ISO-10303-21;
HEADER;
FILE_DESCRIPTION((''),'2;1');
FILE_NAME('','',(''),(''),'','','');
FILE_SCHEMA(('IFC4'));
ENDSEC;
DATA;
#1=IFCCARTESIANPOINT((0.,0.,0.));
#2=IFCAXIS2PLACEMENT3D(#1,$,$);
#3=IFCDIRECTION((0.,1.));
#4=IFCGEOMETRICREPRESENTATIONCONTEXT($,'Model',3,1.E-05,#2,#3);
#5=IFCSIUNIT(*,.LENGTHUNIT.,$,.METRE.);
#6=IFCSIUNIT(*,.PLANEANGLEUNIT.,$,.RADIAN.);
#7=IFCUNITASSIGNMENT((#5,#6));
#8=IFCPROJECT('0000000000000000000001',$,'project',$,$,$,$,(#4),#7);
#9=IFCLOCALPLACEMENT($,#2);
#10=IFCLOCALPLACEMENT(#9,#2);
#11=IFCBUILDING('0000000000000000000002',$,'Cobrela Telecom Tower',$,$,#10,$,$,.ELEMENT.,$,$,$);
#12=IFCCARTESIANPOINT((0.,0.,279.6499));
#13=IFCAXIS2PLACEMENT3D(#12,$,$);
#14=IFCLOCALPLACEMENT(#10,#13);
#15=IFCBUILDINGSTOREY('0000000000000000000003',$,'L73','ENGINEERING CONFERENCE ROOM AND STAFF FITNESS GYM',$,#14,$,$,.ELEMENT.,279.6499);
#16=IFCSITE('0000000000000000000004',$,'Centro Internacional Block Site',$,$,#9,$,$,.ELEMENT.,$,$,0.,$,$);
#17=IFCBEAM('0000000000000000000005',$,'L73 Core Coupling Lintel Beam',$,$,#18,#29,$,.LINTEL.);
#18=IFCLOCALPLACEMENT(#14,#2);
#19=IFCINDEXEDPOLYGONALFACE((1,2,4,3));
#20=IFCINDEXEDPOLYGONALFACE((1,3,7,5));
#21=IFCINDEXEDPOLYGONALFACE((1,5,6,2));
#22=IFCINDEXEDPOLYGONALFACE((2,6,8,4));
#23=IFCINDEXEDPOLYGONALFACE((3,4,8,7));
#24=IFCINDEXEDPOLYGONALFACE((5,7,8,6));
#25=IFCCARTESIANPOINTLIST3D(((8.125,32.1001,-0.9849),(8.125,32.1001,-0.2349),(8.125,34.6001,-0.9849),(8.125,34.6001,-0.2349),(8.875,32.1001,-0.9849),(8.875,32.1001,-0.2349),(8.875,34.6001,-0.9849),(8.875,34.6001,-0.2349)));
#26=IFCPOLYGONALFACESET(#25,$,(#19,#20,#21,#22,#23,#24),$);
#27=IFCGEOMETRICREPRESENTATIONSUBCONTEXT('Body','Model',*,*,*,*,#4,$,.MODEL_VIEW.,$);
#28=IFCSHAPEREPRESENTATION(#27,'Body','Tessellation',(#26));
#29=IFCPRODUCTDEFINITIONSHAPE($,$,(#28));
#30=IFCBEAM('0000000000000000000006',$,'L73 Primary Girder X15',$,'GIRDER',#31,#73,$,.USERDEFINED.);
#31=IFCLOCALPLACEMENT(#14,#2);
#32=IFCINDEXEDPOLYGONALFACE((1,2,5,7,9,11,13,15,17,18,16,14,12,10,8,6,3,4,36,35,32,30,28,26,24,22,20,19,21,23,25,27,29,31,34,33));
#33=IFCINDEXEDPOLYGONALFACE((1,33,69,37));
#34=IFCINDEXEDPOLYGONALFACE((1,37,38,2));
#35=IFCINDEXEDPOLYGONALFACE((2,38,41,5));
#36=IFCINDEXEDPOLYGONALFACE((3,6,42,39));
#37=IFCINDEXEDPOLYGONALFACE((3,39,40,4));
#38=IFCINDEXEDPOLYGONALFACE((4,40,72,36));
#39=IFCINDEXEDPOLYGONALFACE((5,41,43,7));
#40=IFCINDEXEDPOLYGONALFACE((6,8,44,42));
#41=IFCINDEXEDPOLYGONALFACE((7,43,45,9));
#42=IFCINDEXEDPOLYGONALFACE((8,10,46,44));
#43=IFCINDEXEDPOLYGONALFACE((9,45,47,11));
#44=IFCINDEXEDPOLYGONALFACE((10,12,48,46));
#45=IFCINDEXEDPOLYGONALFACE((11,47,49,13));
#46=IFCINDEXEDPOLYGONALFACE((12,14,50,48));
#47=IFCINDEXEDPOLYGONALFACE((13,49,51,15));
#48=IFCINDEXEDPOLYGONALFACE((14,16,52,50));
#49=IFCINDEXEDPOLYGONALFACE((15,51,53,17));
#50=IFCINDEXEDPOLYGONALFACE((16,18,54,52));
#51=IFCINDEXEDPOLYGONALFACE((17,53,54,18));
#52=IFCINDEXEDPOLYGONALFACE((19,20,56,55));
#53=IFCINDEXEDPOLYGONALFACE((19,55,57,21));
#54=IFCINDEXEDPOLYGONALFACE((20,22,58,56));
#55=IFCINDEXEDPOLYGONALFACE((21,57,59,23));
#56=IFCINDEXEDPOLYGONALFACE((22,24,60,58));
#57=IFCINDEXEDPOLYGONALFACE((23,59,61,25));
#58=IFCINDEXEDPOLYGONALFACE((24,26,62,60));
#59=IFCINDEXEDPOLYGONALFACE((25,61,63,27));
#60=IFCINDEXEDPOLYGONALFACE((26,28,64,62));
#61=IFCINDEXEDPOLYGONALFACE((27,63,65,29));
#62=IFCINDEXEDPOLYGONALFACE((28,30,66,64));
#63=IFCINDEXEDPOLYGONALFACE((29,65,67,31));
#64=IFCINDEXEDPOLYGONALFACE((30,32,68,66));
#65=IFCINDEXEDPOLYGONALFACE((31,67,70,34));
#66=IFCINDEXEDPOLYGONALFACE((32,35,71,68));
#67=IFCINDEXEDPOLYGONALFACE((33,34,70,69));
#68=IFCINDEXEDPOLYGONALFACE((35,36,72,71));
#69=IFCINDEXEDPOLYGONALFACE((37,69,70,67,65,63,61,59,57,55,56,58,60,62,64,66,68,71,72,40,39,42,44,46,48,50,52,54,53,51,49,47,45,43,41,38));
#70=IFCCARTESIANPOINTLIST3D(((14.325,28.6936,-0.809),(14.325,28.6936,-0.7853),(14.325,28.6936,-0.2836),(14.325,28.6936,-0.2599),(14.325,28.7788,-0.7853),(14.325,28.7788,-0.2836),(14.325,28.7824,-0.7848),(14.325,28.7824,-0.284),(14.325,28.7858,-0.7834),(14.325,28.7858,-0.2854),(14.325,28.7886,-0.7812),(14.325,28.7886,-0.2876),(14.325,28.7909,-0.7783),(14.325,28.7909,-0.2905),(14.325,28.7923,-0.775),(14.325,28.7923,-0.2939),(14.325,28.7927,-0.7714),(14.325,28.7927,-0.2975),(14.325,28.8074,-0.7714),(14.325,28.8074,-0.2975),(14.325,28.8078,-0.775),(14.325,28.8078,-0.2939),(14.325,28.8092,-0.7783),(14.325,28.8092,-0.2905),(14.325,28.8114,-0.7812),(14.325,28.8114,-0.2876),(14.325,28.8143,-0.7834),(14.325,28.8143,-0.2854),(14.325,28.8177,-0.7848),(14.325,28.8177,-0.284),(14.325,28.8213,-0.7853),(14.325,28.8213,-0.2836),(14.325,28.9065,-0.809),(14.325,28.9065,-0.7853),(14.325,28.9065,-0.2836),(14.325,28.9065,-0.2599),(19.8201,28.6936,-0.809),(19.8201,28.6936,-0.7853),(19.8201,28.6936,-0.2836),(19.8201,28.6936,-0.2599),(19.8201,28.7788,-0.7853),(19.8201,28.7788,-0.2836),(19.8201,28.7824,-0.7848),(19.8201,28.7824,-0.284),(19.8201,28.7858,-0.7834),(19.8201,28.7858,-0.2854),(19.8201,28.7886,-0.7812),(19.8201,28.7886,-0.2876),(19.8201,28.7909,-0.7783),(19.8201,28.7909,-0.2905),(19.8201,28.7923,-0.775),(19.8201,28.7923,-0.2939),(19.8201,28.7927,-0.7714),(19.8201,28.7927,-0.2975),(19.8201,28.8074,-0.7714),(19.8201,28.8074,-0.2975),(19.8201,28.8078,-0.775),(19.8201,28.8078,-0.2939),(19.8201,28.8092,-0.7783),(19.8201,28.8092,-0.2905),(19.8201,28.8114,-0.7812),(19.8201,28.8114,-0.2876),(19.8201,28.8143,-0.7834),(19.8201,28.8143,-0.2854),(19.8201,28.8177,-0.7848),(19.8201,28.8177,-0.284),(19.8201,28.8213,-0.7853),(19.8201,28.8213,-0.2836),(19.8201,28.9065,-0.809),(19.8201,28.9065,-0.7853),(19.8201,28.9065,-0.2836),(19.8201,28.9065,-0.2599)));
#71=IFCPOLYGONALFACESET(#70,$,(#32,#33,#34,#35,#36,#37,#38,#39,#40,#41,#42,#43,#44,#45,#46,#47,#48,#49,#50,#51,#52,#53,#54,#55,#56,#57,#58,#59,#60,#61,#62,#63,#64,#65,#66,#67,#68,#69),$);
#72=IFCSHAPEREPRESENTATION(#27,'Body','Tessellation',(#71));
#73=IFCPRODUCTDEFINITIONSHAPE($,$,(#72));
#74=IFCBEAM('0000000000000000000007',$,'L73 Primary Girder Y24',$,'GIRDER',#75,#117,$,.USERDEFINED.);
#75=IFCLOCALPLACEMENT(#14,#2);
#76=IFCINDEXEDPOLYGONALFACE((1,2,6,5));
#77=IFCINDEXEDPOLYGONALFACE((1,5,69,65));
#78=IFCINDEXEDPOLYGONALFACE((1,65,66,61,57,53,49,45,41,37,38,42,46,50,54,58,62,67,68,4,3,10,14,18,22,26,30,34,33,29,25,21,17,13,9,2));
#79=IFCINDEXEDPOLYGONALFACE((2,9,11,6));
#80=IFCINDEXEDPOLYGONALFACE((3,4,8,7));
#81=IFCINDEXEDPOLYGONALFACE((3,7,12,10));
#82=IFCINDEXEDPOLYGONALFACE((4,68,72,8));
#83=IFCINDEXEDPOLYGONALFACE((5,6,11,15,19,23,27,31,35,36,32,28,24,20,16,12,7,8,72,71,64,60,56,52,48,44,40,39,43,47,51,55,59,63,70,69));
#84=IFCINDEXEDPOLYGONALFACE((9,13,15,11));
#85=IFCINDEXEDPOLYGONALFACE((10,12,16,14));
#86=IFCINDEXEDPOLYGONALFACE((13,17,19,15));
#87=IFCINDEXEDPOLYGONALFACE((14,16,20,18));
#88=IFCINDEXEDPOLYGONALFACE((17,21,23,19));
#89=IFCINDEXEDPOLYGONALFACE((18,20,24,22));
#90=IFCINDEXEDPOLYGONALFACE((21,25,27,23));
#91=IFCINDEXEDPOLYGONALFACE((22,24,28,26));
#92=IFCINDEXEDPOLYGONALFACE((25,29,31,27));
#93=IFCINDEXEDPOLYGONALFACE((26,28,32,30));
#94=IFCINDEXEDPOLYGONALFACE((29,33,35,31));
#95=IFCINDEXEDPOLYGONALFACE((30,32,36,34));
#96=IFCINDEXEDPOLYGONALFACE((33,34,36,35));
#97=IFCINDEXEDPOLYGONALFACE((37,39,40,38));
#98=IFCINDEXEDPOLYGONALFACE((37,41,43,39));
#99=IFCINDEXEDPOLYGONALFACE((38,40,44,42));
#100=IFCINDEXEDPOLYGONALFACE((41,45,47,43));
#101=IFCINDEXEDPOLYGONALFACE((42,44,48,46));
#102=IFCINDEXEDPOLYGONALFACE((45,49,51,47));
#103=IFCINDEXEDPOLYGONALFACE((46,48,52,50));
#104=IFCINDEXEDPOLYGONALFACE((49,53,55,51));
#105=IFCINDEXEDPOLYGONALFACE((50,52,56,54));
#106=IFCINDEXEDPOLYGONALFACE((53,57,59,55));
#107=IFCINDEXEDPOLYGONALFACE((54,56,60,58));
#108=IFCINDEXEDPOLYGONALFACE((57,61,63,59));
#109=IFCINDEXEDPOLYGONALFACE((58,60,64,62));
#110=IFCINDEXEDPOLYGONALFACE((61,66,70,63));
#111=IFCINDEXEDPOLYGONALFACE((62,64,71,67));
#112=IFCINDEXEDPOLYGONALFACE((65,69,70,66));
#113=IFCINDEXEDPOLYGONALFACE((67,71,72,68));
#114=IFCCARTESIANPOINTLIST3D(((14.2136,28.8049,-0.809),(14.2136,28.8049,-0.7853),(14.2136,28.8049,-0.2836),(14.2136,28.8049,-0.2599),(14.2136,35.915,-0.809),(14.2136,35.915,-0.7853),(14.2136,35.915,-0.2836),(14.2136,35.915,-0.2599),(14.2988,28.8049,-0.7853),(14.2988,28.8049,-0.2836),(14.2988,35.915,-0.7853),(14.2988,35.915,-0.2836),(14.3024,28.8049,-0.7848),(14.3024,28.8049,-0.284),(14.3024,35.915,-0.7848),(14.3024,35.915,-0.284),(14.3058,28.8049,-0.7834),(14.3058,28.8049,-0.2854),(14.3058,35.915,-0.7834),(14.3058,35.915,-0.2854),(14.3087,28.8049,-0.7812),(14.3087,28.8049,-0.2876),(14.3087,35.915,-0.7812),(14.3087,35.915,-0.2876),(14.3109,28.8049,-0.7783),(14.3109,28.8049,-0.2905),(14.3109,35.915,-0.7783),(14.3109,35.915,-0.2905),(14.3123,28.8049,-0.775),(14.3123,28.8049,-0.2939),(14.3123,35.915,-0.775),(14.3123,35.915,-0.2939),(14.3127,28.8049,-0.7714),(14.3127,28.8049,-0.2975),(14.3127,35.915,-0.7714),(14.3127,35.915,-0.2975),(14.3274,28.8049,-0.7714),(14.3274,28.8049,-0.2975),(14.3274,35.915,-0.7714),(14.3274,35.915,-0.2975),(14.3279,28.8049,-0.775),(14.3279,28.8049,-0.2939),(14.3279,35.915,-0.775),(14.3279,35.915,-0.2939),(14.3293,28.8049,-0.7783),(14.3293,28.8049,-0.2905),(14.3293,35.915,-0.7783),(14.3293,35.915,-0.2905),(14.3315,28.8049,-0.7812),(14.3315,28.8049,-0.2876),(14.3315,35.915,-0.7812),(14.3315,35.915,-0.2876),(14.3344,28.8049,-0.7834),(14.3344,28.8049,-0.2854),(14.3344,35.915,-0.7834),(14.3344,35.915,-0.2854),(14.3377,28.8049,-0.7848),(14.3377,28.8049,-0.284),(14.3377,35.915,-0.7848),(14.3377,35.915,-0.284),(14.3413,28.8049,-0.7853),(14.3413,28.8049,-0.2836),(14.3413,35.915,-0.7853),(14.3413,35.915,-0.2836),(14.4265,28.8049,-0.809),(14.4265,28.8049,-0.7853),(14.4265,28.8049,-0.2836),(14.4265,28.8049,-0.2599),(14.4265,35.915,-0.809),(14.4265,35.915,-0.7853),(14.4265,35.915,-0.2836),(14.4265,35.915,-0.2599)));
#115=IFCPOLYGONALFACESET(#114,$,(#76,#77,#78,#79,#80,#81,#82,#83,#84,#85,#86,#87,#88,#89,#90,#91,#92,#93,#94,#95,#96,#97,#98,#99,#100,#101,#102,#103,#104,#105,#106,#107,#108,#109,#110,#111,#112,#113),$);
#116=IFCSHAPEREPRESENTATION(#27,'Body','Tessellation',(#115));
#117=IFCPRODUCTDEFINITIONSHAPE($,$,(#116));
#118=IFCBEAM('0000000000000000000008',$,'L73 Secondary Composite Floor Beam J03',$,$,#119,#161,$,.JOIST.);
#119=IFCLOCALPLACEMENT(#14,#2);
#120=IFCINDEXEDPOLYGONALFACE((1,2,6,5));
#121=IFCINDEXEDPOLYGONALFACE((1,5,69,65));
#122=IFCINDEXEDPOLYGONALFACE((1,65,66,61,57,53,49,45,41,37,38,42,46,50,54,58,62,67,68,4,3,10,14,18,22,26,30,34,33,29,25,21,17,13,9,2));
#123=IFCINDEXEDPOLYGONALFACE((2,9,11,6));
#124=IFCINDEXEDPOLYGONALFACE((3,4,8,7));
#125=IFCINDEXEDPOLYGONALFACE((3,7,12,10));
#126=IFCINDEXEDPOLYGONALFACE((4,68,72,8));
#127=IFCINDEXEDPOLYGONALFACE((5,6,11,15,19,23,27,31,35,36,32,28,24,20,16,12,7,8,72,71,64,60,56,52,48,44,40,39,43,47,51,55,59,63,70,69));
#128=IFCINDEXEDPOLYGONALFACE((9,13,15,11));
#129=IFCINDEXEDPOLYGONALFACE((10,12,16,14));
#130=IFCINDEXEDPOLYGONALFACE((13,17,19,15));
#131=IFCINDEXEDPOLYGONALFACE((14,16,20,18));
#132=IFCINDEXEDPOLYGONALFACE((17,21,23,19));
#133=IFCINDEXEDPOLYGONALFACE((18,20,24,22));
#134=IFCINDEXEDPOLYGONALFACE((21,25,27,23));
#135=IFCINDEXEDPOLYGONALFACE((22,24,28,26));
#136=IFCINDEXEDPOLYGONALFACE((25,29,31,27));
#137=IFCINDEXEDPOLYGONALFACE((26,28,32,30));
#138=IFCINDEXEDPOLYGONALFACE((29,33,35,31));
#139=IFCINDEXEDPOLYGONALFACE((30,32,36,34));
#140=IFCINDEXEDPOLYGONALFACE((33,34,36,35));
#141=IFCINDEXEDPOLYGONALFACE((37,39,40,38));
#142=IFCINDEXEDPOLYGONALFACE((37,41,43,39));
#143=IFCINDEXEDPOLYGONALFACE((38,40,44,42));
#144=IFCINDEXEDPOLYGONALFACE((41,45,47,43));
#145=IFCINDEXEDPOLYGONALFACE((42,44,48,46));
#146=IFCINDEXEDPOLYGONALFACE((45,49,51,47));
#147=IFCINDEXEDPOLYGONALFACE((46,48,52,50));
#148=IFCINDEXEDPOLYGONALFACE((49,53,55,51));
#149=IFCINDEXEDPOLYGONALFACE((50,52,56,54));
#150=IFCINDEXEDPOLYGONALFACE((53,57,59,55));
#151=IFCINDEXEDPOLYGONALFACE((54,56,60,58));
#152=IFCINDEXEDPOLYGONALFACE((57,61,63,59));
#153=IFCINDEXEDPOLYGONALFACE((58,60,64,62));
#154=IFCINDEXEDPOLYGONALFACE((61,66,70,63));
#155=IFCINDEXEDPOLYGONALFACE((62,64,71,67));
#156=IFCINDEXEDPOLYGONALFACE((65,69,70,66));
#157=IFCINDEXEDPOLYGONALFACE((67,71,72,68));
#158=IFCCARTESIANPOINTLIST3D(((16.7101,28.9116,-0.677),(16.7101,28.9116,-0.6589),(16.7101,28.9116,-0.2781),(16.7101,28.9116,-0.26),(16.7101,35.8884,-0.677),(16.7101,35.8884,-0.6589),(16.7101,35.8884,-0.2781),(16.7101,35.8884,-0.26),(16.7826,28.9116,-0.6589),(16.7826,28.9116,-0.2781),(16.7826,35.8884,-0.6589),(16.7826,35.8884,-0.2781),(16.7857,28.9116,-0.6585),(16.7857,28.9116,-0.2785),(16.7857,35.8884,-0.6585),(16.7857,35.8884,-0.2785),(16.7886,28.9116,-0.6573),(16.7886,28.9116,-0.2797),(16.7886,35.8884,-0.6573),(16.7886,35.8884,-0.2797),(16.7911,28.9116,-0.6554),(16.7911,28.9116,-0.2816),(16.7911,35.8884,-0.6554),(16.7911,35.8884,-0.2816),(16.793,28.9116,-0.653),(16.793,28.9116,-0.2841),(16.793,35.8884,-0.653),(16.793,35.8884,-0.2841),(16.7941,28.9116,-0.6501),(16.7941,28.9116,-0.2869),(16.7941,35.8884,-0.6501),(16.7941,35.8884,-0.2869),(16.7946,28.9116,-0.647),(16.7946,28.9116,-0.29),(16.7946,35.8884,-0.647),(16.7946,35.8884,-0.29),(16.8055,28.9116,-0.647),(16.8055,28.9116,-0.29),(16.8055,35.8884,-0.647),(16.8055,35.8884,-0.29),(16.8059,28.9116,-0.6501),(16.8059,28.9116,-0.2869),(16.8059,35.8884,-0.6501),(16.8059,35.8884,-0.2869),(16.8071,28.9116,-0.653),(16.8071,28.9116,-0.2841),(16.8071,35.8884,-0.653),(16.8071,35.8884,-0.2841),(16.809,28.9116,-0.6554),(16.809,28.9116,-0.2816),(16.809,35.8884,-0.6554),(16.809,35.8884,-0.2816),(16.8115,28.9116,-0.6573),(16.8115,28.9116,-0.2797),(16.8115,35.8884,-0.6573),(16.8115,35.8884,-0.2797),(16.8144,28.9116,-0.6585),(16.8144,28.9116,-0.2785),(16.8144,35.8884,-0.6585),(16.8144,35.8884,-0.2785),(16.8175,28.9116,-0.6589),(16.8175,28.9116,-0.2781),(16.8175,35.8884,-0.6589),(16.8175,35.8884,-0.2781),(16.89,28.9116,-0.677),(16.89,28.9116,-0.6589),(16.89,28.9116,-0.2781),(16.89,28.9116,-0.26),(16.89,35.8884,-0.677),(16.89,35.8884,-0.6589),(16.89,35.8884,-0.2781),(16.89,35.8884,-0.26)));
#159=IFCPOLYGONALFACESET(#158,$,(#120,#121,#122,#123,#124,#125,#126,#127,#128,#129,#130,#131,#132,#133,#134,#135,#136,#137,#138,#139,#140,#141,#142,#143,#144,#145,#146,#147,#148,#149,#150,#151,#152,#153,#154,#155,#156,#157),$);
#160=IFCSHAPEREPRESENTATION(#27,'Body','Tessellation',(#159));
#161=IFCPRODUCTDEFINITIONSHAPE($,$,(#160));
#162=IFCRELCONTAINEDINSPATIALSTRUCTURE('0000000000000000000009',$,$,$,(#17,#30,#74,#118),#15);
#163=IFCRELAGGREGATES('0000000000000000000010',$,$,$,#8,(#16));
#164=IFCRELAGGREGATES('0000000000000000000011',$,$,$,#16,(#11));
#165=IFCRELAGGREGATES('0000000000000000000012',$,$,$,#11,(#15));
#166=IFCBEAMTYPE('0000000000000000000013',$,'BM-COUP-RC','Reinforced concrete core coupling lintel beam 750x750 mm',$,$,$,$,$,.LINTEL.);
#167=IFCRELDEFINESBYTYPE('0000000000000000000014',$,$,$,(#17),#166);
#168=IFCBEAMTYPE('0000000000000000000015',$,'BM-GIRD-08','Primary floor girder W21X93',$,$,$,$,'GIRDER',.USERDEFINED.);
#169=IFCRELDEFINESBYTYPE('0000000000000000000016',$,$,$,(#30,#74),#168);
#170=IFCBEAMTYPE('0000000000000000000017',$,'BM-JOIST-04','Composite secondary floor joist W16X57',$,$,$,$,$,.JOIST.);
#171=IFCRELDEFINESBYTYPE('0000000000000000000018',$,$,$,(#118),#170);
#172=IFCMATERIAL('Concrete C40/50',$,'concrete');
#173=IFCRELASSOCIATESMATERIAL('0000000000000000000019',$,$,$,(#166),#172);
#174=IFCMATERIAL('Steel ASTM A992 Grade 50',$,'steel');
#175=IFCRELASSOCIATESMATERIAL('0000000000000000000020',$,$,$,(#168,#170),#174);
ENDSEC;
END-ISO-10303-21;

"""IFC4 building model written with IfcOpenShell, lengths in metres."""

from ifc_helpers import new_model, si_unit, direction, frame, origin, origin_2d, place, context, subcontext, project, spatial, rectangle, i_section, extrude, material, material_profile, profile_set, type_object, element, save


model = new_model("IFC4")

# Units and contexts
model_context = context("Model", 3, precision=1e-05, world=origin(), true_north=direction((0.0, 1.0)))
body_context = subcontext(model_context, "Body", "Model", "MODEL_VIEW")
ifc_project = project(units=[si_unit("LENGTHUNIT", "METRE"), si_unit("PLANEANGLEUNIT", "RADIAN")], contexts=[model_context])

# Site, building, storey
site_placement = place(None, origin())
site = spatial("IfcSite", under=ifc_project, at=site_placement, Name="Centro Internacional Block Site", CompositionType="ELEMENT", RefElevation=0.0)
building_placement = place(site_placement, origin())
building = spatial("IfcBuilding", under=site, at=building_placement, Name="Cobrela Telecom Tower", CompositionType="ELEMENT")
storey_placement = place(building_placement, frame((0.0, 0.0, 279.6499)))
storey = spatial("IfcBuildingStorey", under=building, at=storey_placement, Name="L73", Description="ENGINEERING CONFERENCE ROOM AND STAFF FITNESS GYM", CompositionType="ELEMENT", Elevation=279.6499)

# Beams
ifc_material_1 = material(Name="Concrete C40/50", Category="concrete")
ifc_material_profile_1 = material_profile(ifc_material_1, rectangle(XDim=0.75, YDim=0.75, at=origin_2d()), Name="RC 750x750")
ifc_profile_set_1 = profile_set([ifc_material_profile_1], Name="Concrete C40/50")
beam_type_1 = type_object("IfcBeamType", Name="BM-COUP-RC", Description="Reinforced concrete core coupling lintel beam 750x750 mm", PredefinedType="LINTEL", material=ifc_profile_set_1)
beam_1_placement = place(storey_placement, frame((8.5, 32.1001, -0.6099), z_axis=(0.0, 1.0, 0.0), x_axis=(-1.0, 0.0, 0.0)))
element("IfcBeam", 1, at=beam_1_placement, inside=storey, type_object=beam_type_1, Name="L73 Core Coupling Lintel Beam", PredefinedType="LINTEL", context=body_context, shape_type="SweptSolid", body=[
    extrude(rectangle(XDim=0.75, YDim=0.75, at=origin_2d()), origin(), (0.0, 0.0, 1.0), 2.5),
])
ifc_material_2 = material(Name="Steel ASTM A992 Grade 50", Category="steel")
ifc_material_profile_2 = material_profile(ifc_material_2, i_section(OverallWidth=0.2129, OverallDepth=0.5491, WebThickness=0.0146, FlangeThickness=0.0237, FilletRadius=0.0139, at=origin_2d()), Name="W21X93")
ifc_profile_set_2 = profile_set([ifc_material_profile_2], Name="Steel ASTM A992 Grade 50")
beam_type_2 = type_object("IfcBeamType", Name="BM-GIRD-08", Description="Primary floor girder W21X93", ElementType="GIRDER", PredefinedType="USERDEFINED", material=ifc_profile_set_2)
beam_2_placement = place(storey_placement, frame((14.325, 28.8, -0.5344), z_axis=(1.0, 0.0, 0.0), x_axis=(0.0, 1.0, 0.0)))
element("IfcBeam", 2, at=beam_2_placement, inside=storey, type_object=beam_type_2, Name="L73 Primary Girder X15", ObjectType="GIRDER", PredefinedType="USERDEFINED", context=body_context, shape_type="SweptSolid", body=[
    extrude(i_section(OverallWidth=0.2129, OverallDepth=0.5491, WebThickness=0.0146, FlangeThickness=0.0237, FilletRadius=0.0139, at=origin_2d()), origin(), (0.0, 0.0, 1.0), 5.4951),
])
beam_3_placement = place(storey_placement, frame((14.3201, 28.8049, -0.5344), z_axis=(0.0, 1.0, 0.0), x_axis=(-1.0, 0.0, 0.0)))
element("IfcBeam", 3, at=beam_3_placement, inside=storey, type_object=beam_type_2, Name="L73 Primary Girder Y24", ObjectType="GIRDER", PredefinedType="USERDEFINED", context=body_context, shape_type="SweptSolid", body=[
    extrude(i_section(OverallWidth=0.2129, OverallDepth=0.5491, WebThickness=0.0146, FlangeThickness=0.0237, FilletRadius=0.0139, at=origin_2d()), origin(), (0.0, 0.0, 1.0), 7.1101),
])
ifc_material_profile_3 = material_profile(ifc_material_2, i_section(OverallWidth=0.1799, OverallDepth=0.417, WebThickness=0.011, FlangeThickness=0.0181, FilletRadius=0.012, at=origin_2d()), Name="W16X57")
ifc_profile_set_3 = profile_set([ifc_material_profile_3], Name="Steel ASTM A992 Grade 50")
beam_type_3 = type_object("IfcBeamType", Name="BM-JOIST-04", Description="Composite secondary floor joist W16X57", PredefinedType="JOIST", material=ifc_profile_set_3)
beam_4_placement = place(storey_placement, frame((16.8, 28.9116, -0.4685), z_axis=(0.0, 1.0, 0.0), x_axis=(-1.0, 0.0, 0.0)))
element("IfcBeam", 4, at=beam_4_placement, inside=storey, type_object=beam_type_3, Name="L73 Secondary Composite Floor Beam J03", PredefinedType="JOIST", context=body_context, shape_type="SweptSolid", body=[
    extrude(i_section(OverallWidth=0.1799, OverallDepth=0.417, WebThickness=0.011, FlangeThickness=0.0181, FilletRadius=0.012, at=origin_2d()), origin(), (0.0, 0.0, 1.0), 6.9768),
])

save(model, "model.ifc")
